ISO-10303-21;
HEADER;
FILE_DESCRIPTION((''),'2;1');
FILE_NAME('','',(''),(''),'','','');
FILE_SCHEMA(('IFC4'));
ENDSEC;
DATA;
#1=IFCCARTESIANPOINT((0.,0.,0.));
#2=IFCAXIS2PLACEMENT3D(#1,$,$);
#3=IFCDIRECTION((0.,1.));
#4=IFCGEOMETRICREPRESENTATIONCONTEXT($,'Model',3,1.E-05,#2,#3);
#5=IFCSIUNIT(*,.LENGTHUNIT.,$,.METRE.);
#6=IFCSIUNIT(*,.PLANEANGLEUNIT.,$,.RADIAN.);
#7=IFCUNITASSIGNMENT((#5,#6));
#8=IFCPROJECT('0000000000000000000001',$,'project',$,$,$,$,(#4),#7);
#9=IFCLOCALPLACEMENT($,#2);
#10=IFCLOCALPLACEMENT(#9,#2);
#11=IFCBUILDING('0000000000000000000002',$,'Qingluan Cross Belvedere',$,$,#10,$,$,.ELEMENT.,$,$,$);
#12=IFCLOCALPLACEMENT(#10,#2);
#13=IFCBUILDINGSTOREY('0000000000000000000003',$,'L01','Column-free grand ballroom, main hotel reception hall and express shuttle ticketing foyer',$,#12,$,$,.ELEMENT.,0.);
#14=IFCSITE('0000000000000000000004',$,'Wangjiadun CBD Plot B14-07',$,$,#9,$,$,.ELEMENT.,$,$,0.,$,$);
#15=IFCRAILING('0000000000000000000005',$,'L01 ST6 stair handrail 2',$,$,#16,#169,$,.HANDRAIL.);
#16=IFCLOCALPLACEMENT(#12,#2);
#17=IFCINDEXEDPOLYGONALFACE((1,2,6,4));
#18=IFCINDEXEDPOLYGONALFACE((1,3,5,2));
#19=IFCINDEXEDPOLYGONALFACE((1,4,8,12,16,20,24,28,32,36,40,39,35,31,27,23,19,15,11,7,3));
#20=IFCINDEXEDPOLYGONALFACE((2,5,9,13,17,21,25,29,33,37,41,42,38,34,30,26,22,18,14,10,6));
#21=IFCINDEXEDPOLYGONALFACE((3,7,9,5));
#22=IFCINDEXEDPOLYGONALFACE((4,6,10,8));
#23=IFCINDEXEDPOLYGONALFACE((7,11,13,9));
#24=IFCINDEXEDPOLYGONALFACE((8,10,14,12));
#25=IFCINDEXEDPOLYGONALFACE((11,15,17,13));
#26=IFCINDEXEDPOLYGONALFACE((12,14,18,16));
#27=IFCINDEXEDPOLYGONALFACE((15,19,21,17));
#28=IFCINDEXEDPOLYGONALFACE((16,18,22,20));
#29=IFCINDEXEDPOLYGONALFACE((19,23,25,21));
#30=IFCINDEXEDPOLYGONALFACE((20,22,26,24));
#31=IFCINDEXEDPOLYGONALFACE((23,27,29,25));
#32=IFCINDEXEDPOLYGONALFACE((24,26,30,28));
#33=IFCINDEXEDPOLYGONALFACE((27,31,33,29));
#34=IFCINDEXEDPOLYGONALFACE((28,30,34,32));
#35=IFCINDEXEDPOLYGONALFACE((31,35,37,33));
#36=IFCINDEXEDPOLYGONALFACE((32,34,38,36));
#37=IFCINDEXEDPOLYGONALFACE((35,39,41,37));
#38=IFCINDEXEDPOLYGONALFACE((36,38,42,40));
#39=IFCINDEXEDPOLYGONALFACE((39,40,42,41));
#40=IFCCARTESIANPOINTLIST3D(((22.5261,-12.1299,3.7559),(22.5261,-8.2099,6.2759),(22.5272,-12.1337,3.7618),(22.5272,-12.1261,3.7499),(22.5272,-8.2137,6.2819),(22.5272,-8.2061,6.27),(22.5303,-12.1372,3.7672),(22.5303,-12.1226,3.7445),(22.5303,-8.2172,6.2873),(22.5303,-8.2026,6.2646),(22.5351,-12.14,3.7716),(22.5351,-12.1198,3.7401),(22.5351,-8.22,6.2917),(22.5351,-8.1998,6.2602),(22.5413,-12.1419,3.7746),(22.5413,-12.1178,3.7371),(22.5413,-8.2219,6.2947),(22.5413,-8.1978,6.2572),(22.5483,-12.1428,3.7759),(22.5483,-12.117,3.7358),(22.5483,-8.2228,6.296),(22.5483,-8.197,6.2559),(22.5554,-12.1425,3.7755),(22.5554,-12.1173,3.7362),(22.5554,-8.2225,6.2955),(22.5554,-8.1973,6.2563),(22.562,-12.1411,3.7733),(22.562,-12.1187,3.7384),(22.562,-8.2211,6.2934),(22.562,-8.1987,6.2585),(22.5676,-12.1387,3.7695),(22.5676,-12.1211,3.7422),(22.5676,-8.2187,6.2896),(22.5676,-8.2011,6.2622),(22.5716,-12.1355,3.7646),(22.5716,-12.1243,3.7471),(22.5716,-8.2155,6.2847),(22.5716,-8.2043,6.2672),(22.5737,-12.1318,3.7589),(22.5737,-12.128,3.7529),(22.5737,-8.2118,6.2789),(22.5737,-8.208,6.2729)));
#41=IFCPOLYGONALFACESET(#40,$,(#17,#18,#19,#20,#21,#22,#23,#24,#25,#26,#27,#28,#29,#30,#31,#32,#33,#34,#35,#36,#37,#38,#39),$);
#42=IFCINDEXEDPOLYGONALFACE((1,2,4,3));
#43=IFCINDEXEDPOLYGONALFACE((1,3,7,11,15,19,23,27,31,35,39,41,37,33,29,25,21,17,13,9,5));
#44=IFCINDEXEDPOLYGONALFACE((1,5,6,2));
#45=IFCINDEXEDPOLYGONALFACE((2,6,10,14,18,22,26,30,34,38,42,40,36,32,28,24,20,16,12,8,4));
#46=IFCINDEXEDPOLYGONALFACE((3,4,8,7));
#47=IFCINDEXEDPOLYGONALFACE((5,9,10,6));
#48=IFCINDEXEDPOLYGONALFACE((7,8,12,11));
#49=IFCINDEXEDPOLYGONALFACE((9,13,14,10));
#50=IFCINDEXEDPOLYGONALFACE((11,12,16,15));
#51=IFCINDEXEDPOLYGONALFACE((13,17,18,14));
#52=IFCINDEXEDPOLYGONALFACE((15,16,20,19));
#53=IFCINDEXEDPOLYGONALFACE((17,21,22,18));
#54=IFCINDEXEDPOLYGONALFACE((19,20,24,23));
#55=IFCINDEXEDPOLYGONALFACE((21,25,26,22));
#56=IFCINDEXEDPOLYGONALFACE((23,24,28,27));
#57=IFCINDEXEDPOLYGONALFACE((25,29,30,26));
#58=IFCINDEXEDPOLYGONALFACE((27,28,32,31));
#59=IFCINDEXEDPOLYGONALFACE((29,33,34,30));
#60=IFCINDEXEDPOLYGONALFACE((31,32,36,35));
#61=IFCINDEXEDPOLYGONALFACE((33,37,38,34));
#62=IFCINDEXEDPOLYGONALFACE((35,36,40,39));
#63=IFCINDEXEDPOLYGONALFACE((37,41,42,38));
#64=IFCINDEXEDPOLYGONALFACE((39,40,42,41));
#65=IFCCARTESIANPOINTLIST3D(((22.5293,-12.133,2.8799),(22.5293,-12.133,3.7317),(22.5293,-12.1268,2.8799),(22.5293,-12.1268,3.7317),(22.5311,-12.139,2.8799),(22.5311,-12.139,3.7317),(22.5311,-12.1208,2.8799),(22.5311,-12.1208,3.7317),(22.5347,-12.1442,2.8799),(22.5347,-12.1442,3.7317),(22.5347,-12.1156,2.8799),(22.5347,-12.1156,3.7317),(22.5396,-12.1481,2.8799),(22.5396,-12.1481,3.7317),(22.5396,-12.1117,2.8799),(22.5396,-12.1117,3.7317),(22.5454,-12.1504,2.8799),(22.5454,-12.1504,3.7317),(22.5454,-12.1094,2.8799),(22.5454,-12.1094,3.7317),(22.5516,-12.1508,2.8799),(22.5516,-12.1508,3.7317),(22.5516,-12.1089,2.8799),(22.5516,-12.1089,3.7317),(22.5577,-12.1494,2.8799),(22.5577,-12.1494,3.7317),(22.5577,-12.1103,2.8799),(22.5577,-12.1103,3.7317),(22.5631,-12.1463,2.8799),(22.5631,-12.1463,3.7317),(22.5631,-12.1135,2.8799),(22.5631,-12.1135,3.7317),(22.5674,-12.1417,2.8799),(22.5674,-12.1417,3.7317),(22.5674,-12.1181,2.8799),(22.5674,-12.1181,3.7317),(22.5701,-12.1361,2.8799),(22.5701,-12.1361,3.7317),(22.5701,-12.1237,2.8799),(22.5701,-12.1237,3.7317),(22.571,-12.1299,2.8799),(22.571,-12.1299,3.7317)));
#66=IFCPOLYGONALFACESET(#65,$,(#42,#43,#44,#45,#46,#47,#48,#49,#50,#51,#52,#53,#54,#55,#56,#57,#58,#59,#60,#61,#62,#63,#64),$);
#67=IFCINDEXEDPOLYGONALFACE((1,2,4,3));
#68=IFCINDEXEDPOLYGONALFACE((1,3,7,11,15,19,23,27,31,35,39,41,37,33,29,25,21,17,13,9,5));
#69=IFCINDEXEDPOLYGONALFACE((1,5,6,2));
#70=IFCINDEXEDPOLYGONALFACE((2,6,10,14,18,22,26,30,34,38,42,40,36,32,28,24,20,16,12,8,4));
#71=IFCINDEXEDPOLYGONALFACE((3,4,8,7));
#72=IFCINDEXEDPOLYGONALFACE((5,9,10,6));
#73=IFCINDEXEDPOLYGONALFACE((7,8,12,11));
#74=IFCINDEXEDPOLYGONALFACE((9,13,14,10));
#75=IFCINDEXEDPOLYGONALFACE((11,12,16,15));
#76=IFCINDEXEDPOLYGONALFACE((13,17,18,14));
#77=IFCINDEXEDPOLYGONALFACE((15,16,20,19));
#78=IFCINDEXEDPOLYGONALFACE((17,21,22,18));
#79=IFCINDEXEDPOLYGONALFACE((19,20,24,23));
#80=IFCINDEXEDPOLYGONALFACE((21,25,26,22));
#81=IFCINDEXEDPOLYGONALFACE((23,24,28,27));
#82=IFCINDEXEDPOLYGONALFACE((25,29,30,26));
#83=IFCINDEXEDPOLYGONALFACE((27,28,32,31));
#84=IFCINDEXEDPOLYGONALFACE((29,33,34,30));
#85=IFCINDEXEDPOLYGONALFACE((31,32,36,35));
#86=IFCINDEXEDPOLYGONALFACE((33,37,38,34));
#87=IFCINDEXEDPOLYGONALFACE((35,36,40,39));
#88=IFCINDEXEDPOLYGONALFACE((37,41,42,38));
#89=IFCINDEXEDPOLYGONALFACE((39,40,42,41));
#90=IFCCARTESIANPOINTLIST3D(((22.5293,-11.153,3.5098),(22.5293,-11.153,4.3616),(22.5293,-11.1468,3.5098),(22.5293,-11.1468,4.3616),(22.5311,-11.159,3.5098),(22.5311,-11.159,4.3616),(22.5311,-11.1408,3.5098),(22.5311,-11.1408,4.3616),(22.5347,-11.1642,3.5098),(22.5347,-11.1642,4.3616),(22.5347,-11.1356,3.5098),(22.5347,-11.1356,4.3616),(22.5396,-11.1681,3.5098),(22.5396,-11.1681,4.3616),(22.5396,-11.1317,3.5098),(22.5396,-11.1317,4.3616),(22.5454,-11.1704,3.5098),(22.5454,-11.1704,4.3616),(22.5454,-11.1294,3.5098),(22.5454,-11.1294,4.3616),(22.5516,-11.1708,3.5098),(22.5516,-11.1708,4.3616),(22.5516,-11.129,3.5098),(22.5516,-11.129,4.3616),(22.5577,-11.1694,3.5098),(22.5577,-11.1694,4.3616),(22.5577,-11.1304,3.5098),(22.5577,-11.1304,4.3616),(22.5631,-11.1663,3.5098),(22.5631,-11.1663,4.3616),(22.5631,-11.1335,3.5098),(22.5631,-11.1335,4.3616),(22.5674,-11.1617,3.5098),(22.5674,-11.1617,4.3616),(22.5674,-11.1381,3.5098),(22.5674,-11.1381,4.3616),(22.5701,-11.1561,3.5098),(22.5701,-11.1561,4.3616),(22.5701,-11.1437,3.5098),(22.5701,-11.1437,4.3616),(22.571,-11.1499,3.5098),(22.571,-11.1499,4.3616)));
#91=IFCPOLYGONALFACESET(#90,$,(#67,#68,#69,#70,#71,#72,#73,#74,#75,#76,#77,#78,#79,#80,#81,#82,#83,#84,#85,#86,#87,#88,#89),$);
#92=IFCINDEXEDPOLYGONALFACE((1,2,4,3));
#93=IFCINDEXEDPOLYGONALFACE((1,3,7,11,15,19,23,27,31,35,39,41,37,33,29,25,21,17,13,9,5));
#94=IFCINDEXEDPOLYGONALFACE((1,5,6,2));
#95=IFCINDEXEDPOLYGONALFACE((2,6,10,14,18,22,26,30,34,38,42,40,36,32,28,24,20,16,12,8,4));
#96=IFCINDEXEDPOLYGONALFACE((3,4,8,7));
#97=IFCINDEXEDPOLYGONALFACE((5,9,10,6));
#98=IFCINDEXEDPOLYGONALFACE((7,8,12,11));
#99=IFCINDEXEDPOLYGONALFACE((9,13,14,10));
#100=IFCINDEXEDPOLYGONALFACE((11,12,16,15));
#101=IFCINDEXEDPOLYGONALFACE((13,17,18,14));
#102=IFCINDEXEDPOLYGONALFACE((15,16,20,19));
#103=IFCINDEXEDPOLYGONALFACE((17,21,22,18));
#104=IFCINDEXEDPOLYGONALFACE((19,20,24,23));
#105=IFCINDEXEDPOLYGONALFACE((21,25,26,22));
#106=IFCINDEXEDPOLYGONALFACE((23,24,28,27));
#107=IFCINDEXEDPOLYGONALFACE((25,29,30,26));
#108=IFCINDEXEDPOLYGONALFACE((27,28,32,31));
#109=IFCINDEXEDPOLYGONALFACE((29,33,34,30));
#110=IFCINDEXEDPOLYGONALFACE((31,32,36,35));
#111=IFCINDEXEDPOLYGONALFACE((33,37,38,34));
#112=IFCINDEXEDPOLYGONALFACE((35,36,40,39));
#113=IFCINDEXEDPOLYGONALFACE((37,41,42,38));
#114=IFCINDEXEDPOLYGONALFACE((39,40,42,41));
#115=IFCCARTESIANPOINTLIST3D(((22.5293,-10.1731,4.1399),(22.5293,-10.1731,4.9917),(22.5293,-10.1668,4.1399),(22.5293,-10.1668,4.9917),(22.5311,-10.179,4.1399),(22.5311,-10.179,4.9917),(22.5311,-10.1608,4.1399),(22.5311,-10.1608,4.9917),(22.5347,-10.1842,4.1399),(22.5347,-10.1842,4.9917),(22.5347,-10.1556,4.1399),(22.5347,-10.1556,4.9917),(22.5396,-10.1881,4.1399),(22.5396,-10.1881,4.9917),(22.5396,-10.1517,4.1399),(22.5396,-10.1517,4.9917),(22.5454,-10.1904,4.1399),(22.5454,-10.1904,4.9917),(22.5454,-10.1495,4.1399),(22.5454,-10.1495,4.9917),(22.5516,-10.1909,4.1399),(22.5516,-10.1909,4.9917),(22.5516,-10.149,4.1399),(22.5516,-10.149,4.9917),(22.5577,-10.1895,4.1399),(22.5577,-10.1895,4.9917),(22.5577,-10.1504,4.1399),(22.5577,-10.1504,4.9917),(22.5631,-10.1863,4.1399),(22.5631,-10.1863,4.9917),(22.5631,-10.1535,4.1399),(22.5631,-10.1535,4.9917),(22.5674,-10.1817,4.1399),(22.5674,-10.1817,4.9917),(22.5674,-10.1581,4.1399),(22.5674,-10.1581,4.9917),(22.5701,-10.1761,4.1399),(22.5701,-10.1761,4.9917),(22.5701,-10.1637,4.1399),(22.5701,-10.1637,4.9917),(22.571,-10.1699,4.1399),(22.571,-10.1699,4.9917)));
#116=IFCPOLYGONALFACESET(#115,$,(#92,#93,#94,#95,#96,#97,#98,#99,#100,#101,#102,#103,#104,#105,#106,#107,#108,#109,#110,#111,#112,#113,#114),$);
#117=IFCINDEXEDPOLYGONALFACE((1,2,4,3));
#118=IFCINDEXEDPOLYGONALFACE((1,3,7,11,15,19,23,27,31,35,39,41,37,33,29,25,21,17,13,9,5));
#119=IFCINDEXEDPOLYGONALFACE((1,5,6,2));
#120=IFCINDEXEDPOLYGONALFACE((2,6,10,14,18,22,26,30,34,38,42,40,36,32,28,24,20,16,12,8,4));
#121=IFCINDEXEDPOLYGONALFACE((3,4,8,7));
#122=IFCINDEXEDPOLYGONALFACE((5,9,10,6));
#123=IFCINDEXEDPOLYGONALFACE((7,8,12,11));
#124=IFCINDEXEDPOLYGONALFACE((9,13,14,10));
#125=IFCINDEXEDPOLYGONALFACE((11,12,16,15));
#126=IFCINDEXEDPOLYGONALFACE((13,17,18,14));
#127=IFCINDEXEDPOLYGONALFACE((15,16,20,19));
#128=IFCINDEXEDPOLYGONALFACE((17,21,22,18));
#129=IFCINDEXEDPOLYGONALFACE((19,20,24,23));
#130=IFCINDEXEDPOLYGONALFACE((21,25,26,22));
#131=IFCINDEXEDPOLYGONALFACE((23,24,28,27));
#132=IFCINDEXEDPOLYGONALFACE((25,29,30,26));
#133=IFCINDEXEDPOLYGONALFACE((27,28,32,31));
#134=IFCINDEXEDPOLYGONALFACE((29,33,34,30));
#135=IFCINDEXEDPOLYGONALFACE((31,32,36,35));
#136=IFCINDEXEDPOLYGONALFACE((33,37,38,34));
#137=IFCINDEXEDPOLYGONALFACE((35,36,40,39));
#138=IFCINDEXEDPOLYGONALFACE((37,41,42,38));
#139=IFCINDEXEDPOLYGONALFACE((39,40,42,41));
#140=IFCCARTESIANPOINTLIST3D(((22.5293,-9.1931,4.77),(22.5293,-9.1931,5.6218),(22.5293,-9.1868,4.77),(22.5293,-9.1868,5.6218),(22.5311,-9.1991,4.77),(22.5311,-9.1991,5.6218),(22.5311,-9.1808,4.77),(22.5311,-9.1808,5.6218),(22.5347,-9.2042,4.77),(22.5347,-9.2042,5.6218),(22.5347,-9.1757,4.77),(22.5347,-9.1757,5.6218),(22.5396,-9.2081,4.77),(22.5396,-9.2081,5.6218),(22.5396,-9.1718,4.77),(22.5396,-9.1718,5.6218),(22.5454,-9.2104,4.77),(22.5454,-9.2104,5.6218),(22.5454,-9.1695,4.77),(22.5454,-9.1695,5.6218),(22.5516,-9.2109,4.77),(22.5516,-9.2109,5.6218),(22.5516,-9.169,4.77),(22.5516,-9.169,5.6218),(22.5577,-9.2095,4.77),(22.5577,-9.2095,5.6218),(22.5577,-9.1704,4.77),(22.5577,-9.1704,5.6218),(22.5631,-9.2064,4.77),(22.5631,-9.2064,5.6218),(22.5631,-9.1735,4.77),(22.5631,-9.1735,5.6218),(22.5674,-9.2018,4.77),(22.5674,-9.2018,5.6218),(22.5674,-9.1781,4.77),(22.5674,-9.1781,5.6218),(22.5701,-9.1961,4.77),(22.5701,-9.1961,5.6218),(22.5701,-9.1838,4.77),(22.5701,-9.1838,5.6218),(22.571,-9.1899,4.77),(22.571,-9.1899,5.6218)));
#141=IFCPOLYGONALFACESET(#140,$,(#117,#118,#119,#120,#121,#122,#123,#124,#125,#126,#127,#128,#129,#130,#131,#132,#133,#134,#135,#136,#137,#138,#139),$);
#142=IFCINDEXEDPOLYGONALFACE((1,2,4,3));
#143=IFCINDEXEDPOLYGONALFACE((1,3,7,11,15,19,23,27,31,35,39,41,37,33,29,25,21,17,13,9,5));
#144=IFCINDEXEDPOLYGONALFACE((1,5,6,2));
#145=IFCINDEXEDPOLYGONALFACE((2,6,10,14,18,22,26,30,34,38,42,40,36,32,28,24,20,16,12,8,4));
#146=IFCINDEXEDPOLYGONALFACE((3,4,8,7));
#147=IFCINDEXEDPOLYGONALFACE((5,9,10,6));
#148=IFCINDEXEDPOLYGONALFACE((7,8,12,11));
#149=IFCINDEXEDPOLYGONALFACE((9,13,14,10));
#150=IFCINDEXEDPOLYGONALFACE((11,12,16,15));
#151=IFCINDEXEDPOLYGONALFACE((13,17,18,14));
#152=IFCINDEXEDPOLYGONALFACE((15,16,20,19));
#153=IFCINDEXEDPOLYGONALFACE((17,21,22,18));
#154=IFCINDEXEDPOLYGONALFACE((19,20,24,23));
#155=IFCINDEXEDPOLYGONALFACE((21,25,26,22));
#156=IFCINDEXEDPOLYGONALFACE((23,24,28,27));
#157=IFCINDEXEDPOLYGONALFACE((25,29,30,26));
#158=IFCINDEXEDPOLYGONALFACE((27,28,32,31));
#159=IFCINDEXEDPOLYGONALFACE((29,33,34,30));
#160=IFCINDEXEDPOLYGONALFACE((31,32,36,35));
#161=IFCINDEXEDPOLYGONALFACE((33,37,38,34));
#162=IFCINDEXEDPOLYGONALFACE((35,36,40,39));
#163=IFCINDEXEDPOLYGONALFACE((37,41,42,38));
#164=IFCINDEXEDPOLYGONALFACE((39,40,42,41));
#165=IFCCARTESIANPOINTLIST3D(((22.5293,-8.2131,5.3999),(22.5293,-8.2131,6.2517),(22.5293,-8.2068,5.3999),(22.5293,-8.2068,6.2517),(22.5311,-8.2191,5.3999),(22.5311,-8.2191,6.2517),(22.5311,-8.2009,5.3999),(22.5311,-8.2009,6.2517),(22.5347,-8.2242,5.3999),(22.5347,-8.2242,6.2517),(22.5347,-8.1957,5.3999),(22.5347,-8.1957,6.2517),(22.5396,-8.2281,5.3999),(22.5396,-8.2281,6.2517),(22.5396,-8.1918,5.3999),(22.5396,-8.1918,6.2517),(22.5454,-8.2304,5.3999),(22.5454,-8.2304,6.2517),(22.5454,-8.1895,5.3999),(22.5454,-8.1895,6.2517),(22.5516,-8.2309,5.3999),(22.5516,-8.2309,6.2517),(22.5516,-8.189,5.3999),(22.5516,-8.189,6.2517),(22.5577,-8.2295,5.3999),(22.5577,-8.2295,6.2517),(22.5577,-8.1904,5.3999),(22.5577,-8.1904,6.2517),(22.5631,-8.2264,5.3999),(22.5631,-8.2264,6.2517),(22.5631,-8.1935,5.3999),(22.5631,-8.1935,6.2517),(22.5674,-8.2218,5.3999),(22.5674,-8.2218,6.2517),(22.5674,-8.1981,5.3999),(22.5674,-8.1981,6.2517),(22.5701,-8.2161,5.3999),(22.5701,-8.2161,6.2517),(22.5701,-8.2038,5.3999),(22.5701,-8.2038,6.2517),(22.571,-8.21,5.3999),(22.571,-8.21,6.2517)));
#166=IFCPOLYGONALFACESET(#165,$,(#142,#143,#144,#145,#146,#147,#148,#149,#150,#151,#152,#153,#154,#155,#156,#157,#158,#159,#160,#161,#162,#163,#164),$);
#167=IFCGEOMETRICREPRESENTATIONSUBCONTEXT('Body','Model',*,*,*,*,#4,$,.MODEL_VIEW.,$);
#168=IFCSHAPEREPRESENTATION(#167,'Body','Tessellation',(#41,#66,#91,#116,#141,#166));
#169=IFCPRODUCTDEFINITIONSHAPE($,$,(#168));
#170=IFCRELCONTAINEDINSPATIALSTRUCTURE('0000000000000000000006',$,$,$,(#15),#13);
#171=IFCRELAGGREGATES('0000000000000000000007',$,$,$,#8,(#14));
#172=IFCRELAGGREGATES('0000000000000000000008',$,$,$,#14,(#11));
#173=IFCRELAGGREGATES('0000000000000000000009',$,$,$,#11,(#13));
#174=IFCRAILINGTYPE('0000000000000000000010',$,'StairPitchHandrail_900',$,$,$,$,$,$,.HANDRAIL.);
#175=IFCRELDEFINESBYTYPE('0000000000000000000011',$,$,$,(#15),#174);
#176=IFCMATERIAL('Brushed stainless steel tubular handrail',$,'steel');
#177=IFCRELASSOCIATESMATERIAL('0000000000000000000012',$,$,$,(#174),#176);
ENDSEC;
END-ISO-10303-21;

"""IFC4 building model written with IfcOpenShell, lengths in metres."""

from ifc_helpers import new_model, si_unit, direction, frame, origin, origin_2d, place, context, subcontext, project, spatial, circle, extrude, material, type_object, element, save


model = new_model("IFC4")

# Units and contexts
model_context = context("Model", 3, precision=1e-05, world=origin(), true_north=direction((0.0, 1.0)))
body_context = subcontext(model_context, "Body", "Model", "MODEL_VIEW")
ifc_project = project(units=[si_unit("LENGTHUNIT", "METRE"), si_unit("PLANEANGLEUNIT", "RADIAN")], contexts=[model_context])

# Site, building, storey
site_placement = place(None, origin())
site = spatial("IfcSite", under=ifc_project, at=site_placement, Name="Wangjiadun CBD Plot B14-07", CompositionType="ELEMENT", RefElevation=0.0)
building_placement = place(site_placement, origin())
building = spatial("IfcBuilding", under=site, at=building_placement, Name="Qingluan Cross Belvedere", CompositionType="ELEMENT")
storey_placement = place(building_placement, origin())
storey = spatial("IfcBuildingStorey", under=building, at=storey_placement, Name="L01", Description="Column-free grand ballroom, main hotel reception hall and express shuttle ticketing foyer", CompositionType="ELEMENT", Elevation=0.0)

# Railing
ifc_material_1 = material(Name="Brushed stainless steel tubular handrail", Category="steel")
railing_type_1 = type_object("IfcRailingType", Name="StairPitchHandrail_900", PredefinedType="HANDRAIL", material=ifc_material_1)
railing_1_placement = place(storey_placement, frame((22.55, -12.1299, 2.8799)))
element("IfcRailing", 1, at=railing_1_placement, inside=storey, type_object=railing_type_1, Name="L01 ST6 stair handrail 2", PredefinedType="HANDRAIL", context=body_context, shape_type="SweptSolid", body=[
    extrude(circle(Radius=0.0239, at=origin_2d()), frame((0.0, 0.0, 0.876), z_axis=(0.0, 0.841172, 0.540768), x_axis=(-1.0, 0.0, 0.0)), (0.0, 0.0, 1.0), 4.6602),
    extrude(circle(Radius=0.021, at=origin_2d()), origin(), (0.0, 0.0, 1.0), 0.8518),
    extrude(circle(Radius=0.021, at=origin_2d()), frame((0.0, 0.98, 0.6299)), (0.0, 0.0, 1.0), 0.8518),
    extrude(circle(Radius=0.021, at=origin_2d()), frame((0.0, 1.96, 1.26)), (0.0, 0.0, 1.0), 0.8518),
    extrude(circle(Radius=0.021, at=origin_2d()), frame((0.0, 2.9399, 1.8901)), (0.0, 0.0, 1.0), 0.8518),
    extrude(circle(Radius=0.021, at=origin_2d()), frame((0.0, 3.9199, 2.52)), (0.0, 0.0, 1.0), 0.8518),
])

save(model, "model.ifc")
